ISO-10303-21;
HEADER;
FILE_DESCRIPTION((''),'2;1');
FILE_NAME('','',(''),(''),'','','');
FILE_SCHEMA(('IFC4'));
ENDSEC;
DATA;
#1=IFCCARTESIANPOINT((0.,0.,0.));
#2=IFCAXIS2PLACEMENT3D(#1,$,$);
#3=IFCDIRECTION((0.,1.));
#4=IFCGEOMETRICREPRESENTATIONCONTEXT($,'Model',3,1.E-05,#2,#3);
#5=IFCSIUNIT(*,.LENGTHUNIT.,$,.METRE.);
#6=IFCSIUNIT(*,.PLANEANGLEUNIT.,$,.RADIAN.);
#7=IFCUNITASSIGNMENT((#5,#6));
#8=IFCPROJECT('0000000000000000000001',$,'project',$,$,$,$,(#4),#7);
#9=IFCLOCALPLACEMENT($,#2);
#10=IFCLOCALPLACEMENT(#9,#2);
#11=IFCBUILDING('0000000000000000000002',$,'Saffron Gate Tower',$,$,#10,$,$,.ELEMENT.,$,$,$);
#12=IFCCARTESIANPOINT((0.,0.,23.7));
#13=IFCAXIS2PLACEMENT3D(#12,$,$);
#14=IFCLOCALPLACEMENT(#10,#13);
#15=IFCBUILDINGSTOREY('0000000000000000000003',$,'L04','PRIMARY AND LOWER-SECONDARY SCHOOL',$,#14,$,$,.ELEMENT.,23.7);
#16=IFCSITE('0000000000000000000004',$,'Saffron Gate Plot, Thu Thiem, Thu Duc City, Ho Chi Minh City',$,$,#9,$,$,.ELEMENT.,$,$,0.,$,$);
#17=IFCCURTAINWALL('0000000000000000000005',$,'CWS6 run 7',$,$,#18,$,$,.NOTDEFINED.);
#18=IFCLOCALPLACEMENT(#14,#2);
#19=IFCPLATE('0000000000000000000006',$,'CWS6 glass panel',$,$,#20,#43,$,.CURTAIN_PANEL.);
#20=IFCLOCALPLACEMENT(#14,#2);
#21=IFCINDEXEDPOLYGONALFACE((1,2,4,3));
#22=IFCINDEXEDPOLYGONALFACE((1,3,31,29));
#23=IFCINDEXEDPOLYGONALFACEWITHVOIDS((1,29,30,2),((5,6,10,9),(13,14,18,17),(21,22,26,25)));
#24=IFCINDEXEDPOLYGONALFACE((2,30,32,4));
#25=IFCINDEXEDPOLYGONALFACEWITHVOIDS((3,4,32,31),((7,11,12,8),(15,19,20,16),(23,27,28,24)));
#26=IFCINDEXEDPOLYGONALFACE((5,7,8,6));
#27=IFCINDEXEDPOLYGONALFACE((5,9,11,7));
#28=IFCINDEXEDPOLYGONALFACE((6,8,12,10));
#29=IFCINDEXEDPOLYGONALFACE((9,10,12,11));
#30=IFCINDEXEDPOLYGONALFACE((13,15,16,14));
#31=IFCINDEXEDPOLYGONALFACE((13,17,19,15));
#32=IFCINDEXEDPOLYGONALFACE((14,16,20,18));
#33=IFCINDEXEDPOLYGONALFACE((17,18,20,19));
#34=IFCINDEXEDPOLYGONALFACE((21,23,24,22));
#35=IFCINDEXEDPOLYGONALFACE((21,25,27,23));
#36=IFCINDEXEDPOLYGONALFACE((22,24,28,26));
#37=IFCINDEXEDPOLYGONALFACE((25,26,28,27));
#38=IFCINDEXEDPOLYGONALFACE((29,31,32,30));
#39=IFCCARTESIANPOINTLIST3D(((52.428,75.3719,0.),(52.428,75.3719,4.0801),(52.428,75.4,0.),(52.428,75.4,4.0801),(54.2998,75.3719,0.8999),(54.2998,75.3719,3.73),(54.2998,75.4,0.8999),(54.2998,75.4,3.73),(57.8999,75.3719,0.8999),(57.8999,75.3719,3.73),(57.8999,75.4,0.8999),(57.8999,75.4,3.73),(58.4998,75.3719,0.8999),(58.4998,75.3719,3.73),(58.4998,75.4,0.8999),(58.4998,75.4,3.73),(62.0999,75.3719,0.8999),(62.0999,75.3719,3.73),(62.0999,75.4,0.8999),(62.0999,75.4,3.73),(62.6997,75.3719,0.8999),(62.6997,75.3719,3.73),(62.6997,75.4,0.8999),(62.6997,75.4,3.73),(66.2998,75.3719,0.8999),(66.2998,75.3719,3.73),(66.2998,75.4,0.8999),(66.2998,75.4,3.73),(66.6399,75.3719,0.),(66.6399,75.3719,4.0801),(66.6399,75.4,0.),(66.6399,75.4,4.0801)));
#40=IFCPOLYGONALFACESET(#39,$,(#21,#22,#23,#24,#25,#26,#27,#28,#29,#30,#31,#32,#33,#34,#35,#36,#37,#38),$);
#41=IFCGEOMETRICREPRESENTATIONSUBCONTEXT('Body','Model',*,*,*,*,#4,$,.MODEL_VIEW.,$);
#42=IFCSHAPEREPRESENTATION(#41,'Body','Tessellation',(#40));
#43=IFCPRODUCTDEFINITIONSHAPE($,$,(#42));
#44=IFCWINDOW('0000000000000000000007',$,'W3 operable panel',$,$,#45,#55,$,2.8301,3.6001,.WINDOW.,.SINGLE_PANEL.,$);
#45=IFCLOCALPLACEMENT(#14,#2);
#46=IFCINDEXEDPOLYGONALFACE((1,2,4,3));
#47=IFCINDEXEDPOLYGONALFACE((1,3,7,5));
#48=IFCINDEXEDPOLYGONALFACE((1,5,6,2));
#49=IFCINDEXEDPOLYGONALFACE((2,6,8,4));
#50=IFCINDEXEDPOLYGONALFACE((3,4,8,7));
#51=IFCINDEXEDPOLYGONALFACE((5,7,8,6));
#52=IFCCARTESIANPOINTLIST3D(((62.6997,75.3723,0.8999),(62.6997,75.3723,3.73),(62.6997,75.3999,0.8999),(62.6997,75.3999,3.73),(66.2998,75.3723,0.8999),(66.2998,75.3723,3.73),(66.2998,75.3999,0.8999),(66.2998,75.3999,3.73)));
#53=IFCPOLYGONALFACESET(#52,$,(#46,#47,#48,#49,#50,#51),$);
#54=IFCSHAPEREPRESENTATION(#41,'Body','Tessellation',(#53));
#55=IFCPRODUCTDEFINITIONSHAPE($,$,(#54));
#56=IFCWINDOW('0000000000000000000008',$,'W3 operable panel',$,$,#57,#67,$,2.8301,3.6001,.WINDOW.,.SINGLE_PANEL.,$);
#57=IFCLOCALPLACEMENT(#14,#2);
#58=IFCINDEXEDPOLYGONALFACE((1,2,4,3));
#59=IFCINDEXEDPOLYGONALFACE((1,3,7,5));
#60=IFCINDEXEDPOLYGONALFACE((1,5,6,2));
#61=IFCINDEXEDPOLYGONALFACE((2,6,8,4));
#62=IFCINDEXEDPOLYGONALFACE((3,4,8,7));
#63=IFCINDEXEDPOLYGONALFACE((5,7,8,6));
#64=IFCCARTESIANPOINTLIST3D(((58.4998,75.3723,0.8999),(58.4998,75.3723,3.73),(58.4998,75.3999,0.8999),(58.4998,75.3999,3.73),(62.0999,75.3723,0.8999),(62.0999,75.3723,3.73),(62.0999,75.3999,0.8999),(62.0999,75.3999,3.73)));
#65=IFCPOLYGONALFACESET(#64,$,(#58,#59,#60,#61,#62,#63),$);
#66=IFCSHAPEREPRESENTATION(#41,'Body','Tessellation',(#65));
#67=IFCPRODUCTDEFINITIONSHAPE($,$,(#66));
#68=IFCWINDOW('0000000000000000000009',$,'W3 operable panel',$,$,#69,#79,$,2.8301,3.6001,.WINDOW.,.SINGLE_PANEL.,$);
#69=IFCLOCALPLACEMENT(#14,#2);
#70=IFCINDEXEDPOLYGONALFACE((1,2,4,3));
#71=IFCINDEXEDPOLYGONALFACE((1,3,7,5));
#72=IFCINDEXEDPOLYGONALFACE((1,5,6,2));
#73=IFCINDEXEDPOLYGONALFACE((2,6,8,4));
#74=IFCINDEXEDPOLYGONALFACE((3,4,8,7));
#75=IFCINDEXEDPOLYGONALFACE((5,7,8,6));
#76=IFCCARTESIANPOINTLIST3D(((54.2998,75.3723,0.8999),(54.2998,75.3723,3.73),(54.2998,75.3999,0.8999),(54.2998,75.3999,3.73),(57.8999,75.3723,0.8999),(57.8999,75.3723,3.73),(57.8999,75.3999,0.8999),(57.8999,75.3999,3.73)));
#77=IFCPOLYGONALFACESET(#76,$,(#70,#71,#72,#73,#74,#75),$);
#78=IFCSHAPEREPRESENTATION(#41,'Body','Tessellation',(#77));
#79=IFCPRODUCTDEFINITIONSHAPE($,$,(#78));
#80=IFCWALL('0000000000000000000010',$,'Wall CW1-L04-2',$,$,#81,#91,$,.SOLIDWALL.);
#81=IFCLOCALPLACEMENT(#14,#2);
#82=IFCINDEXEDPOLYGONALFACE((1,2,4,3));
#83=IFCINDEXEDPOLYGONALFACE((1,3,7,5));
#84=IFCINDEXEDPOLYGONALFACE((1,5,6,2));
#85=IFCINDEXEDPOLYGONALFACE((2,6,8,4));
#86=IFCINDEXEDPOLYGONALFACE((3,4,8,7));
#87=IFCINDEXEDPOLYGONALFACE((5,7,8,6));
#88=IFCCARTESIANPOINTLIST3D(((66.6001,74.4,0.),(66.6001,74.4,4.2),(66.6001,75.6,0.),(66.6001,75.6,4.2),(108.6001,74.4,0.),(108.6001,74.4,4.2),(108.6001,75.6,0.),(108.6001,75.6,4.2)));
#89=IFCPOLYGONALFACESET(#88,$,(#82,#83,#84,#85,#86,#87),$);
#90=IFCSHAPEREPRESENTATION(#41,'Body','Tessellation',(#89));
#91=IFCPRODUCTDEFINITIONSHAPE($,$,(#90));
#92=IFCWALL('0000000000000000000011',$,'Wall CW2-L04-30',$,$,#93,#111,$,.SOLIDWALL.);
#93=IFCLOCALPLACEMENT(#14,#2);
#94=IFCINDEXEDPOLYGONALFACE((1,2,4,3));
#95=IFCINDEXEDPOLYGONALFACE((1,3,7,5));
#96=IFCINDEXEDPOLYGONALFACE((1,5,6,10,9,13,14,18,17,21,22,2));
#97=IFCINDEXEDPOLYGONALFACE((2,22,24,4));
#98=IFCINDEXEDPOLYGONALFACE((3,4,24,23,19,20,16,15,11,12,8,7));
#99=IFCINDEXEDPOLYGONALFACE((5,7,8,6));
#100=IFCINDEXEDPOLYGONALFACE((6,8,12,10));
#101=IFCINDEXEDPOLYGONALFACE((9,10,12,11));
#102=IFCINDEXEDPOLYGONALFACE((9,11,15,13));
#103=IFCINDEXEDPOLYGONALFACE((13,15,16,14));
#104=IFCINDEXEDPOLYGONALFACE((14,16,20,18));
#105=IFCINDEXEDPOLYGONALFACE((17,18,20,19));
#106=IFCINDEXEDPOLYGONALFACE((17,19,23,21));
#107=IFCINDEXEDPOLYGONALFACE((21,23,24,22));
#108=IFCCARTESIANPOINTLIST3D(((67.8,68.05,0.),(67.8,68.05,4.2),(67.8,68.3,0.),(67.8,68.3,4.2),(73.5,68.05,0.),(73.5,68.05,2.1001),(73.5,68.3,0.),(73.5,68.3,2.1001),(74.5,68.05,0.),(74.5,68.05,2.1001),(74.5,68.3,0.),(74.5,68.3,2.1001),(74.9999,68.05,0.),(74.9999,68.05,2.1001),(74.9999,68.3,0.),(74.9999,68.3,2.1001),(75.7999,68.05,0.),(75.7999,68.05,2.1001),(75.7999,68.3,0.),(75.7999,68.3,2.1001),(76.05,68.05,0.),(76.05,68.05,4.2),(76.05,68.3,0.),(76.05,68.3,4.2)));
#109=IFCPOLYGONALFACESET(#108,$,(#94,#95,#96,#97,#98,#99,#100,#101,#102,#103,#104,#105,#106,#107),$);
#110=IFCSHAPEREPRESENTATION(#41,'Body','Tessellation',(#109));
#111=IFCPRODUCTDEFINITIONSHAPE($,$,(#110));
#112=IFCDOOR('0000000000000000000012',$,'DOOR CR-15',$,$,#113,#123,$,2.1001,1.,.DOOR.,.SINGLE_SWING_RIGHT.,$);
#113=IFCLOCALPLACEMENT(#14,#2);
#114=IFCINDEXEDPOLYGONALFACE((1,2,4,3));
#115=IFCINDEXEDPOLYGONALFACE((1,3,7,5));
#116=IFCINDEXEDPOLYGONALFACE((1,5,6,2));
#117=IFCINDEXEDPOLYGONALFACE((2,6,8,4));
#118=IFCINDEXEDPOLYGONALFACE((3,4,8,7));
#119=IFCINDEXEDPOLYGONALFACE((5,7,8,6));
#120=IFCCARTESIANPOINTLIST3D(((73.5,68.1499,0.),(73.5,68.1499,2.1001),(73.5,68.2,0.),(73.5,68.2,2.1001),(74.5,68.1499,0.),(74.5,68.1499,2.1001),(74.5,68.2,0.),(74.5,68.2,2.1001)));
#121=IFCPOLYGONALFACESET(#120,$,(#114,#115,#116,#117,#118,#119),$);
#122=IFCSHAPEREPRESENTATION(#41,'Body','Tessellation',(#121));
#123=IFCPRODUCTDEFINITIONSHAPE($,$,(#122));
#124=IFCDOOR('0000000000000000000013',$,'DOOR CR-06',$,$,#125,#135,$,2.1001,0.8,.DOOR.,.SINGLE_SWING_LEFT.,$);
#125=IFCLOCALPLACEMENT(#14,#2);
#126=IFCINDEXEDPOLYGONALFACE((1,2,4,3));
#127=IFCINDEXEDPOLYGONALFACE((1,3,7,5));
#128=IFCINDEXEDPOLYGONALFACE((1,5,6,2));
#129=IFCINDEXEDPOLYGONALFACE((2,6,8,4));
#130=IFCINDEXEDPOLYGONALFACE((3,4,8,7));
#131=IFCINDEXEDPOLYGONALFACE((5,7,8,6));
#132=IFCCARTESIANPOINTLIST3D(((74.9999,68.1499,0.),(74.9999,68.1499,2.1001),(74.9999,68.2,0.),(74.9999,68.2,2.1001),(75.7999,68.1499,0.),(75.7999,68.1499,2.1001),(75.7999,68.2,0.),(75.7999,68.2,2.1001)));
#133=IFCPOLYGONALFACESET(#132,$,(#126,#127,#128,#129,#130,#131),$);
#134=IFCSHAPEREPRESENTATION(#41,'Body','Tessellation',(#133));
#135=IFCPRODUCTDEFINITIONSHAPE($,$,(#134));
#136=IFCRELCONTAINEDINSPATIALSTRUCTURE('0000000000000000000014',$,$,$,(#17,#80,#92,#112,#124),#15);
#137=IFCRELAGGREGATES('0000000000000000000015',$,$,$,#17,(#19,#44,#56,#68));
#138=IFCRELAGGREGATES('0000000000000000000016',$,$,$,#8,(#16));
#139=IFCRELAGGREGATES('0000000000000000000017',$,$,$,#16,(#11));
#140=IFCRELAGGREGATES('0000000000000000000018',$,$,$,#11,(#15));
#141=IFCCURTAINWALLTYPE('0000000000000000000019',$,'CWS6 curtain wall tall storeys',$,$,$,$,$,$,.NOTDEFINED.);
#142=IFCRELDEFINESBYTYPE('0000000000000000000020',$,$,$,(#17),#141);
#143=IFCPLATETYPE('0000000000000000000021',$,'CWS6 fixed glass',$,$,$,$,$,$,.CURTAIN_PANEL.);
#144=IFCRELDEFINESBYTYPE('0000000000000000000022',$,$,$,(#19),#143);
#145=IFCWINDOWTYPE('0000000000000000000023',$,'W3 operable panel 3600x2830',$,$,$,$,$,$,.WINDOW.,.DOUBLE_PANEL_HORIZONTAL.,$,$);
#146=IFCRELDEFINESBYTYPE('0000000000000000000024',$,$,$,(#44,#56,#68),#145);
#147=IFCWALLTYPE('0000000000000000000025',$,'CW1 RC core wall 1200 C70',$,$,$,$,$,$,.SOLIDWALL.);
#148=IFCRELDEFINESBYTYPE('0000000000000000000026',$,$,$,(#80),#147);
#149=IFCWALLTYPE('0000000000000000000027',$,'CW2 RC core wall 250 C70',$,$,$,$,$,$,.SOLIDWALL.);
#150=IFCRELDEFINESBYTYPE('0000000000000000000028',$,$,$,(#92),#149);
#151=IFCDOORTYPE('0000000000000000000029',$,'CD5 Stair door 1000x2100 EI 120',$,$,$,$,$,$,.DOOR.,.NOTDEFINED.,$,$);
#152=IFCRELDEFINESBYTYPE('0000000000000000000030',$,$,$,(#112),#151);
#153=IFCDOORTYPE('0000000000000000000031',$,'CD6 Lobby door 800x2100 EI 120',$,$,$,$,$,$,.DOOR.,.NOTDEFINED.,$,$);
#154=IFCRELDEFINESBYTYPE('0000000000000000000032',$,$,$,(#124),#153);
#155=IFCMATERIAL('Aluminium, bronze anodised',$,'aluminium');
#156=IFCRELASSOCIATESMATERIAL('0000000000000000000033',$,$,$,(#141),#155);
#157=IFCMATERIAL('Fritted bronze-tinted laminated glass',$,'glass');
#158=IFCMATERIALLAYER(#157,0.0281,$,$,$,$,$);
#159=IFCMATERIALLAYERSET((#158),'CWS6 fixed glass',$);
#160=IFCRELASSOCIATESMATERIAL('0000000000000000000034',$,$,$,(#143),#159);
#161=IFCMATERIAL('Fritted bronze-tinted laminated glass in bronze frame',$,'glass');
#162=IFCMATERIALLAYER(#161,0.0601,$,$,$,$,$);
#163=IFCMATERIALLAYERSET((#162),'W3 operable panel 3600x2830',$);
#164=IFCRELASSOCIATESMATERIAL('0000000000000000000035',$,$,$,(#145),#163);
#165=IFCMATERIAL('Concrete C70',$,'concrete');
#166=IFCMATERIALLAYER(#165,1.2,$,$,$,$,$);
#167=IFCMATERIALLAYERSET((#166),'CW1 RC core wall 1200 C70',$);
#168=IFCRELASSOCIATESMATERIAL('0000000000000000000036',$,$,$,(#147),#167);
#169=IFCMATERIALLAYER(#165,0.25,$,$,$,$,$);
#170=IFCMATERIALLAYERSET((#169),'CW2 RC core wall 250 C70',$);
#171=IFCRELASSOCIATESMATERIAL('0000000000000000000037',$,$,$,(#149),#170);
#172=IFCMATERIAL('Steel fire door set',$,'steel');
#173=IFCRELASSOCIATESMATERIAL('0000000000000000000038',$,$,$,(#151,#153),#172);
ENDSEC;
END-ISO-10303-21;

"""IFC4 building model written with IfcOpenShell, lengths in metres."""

from ifc_helpers import new_model, si_unit, direction, frame, frame_2d, origin, place, context, subcontext, project, spatial, rectangle, extrude, material, layer, layer_set, type_object, element, fill, aggregate, save


model = new_model("IFC4")

# Units and contexts
model_context = context("Model", 3, precision=1e-05, world=origin(), true_north=direction((0.0, 1.0)))
body_context = subcontext(model_context, "Body", "Model", "MODEL_VIEW")
ifc_project = project(units=[si_unit("LENGTHUNIT", "METRE"), si_unit("PLANEANGLEUNIT", "RADIAN")], contexts=[model_context])

# Site, building, storey
site_placement = place(None, origin())
site = spatial("IfcSite", under=ifc_project, at=site_placement, Name="Saffron Gate Plot, Thu Thiem, Thu Duc City, Ho Chi Minh City", CompositionType="ELEMENT", RefElevation=0.0)
building_placement = place(site_placement, origin())
building = spatial("IfcBuilding", under=site, at=building_placement, Name="Saffron Gate Tower", CompositionType="ELEMENT")
storey_placement = place(building_placement, frame((0.0, 0.0, 23.7)))
storey = spatial("IfcBuildingStorey", under=building, at=storey_placement, Name="L04", Description="PRIMARY AND LOWER-SECONDARY SCHOOL", CompositionType="ELEMENT", Elevation=23.7)

# Curtain wall, plate, openings, windows
ifc_material_1 = material(Name="Aluminium, bronze anodised", Category="aluminium")
curtain_wall_type = type_object("IfcCurtainWallType", Name="CWS6 curtain wall tall storeys", PredefinedType="NOTDEFINED", material=ifc_material_1)
curtain_wall_placement = place(storey_placement, origin())
curtain_wall = element("IfcCurtainWall", 1, at=curtain_wall_placement, inside=storey, type_object=curtain_wall_type, Name="CWS6 run 7", PredefinedType="NOTDEFINED")
ifc_material_2 = material(Name="Fritted bronze-tinted laminated glass", Category="glass")
ifc_layer_1 = layer(ifc_material_2, 0.0281)
ifc_layer_set_1 = layer_set([ifc_layer_1], Name="CWS6 fixed glass")
plate_type = type_object("IfcPlateType", Name="CWS6 fixed glass", PredefinedType="CURTAIN_PANEL", material=ifc_layer_set_1)
plate_placement = place(storey_placement, frame((66.6399, 75.386, 0.0), z_axis=(0.0, 0.0, 1.0), x_axis=(-1.0, 0.0, 0.0)))
plate = element("IfcPlate", 2, at=plate_placement, type_object=plate_type, Name="CWS6 glass panel", PredefinedType="CURTAIN_PANEL", context=body_context, shape_type="SweptSolid", body=[
    extrude(rectangle(XDim=14.2119, YDim=0.0281, at=frame_2d((7.106, 0.0))), origin(), (0.0, 0.0, 1.0), 4.0801),
])
opening_1_placement = place(plate_placement, frame((0.3401, 0.0, 0.8999)))
opening_1 = element("IfcOpeningElement", 3, at=opening_1_placement, cuts=plate, PredefinedType="OPENING", context=body_context, shape_type="SweptSolid", body=[
    extrude(rectangle(XDim=3.6001, YDim=2.8301, at=frame_2d((1.8, 1.415))), frame((0.0, 0.0239, 0.0), z_axis=(0.0, -1.0, 0.0), x_axis=(1.0, 0.0, 0.0)), (0.0, 0.0, 1.0), 0.0481),
])
opening_2_placement = place(plate_placement, frame((4.54, 0.0, 0.8999)))
opening_2 = element("IfcOpeningElement", 4, at=opening_2_placement, cuts=plate, PredefinedType="OPENING", context=body_context, shape_type="SweptSolid", body=[
    extrude(rectangle(XDim=3.6001, YDim=2.8301, at=frame_2d((1.8, 1.415))), frame((0.0, 0.0239, 0.0), z_axis=(0.0, -1.0, 0.0), x_axis=(1.0, 0.0, 0.0)), (0.0, 0.0, 1.0), 0.0481),
])
opening_3_placement = place(plate_placement, frame((8.74, 0.0, 0.8999)))
opening_3 = element("IfcOpeningElement", 5, at=opening_3_placement, cuts=plate, PredefinedType="OPENING", context=body_context, shape_type="SweptSolid", body=[
    extrude(rectangle(XDim=3.6001, YDim=2.8301, at=frame_2d((1.8, 1.415))), frame((0.0, 0.0239, 0.0), z_axis=(0.0, -1.0, 0.0), x_axis=(1.0, 0.0, 0.0)), (0.0, 0.0, 1.0), 0.0481),
])
ifc_material_3 = material(Name="Fritted bronze-tinted laminated glass in bronze frame", Category="glass")
ifc_layer_2 = layer(ifc_material_3, 0.0601)
ifc_layer_set_2 = layer_set([ifc_layer_2], Name="W3 operable panel 3600x2830")
window_type = type_object("IfcWindowType", Name="W3 operable panel 3600x2830", PartitioningType="DOUBLE_PANEL_HORIZONTAL", PredefinedType="WINDOW", material=ifc_layer_set_2)
window_1_placement = place(opening_1_placement, origin())
window_1 = element("IfcWindow", 6, at=window_1_placement, type_object=window_type, Name="W3 operable panel", OverallHeight=2.8301, OverallWidth=3.6001, PartitioningType="SINGLE_PANEL", PredefinedType="WINDOW", context=body_context, shape_type="SweptSolid", body=[
    extrude(rectangle(XDim=3.6001, YDim=2.8301, at=frame_2d((1.8, 1.415))), frame((0.0, 0.0137, 0.0), z_axis=(0.0, -1.0, 0.0), x_axis=(1.0, 0.0, 0.0)), (0.0, 0.0, 1.0), 0.0276),
])
fill(opening_1, window_1)
window_2_placement = place(opening_2_placement, origin())
window_2 = element("IfcWindow", 7, at=window_2_placement, type_object=window_type, Name="W3 operable panel", OverallHeight=2.8301, OverallWidth=3.6001, PartitioningType="SINGLE_PANEL", PredefinedType="WINDOW", context=body_context, shape_type="SweptSolid", body=[
    extrude(rectangle(XDim=3.6001, YDim=2.8301, at=frame_2d((1.8, 1.415))), frame((0.0, 0.0137, 0.0), z_axis=(0.0, -1.0, 0.0), x_axis=(1.0, 0.0, 0.0)), (0.0, 0.0, 1.0), 0.0276),
])
fill(opening_2, window_2)
window_3_placement = place(opening_3_placement, origin())
window_3 = element("IfcWindow", 8, at=window_3_placement, type_object=window_type, Name="W3 operable panel", OverallHeight=2.8301, OverallWidth=3.6001, PartitioningType="SINGLE_PANEL", PredefinedType="WINDOW", context=body_context, shape_type="SweptSolid", body=[
    extrude(rectangle(XDim=3.6001, YDim=2.8301, at=frame_2d((1.8, 1.415))), frame((0.0, 0.0137, 0.0), z_axis=(0.0, -1.0, 0.0), x_axis=(1.0, 0.0, 0.0)), (0.0, 0.0, 1.0), 0.0276),
])
fill(opening_3, window_3)
aggregate(curtain_wall, [plate, window_1, window_2, window_3])

# Wall
ifc_material_4 = material(Name="Concrete C70", Category="concrete")
ifc_layer_3 = layer(ifc_material_4, 1.2)
ifc_layer_set_3 = layer_set([ifc_layer_3], Name="CW1 RC core wall 1200 C70")
wall_type_1 = type_object("IfcWallType", Name="CW1 RC core wall 1200 C70", PredefinedType="SOLIDWALL", material=ifc_layer_set_3)
wall_1_placement = place(storey_placement, frame((66.6001, 75.0, 0.0), z_axis=(0.0, 0.0, 1.0), x_axis=(1.0, 0.0, 0.0)))
element("IfcWall", 9, at=wall_1_placement, inside=storey, type_object=wall_type_1, Name="Wall CW1-L04-2", PredefinedType="SOLIDWALL", context=body_context, shape_type="SweptSolid", body=[
    extrude(rectangle(XDim=42.0, YDim=1.2, at=frame_2d((21.0, 0.0))), origin(), (0.0, 0.0, 1.0), 4.2),
])

# Wall, openings, doors
ifc_layer_4 = layer(ifc_material_4, 0.25)
ifc_layer_set_4 = layer_set([ifc_layer_4], Name="CW2 RC core wall 250 C70")
wall_type_2 = type_object("IfcWallType", Name="CW2 RC core wall 250 C70", PredefinedType="SOLIDWALL", material=ifc_layer_set_4)
wall_2_placement = place(storey_placement, frame((67.8, 68.175, 0.0), z_axis=(0.0, 0.0, 1.0), x_axis=(1.0, 0.0, 0.0)))
wall_2 = element("IfcWall", 10, at=wall_2_placement, inside=storey, type_object=wall_type_2, Name="Wall CW2-L04-30", PredefinedType="SOLIDWALL", context=body_context, shape_type="SweptSolid", body=[
    extrude(rectangle(XDim=8.25, YDim=0.25, at=frame_2d((4.125, 0.0))), origin(), (0.0, 0.0, 1.0), 4.2),
])
opening_4_placement = place(wall_2_placement, frame((5.7, 0.0, 0.0)))
opening_4 = element("IfcOpeningElement", 11, at=opening_4_placement, cuts=wall_2, PredefinedType="OPENING", context=body_context, shape_type="SweptSolid", body=[
    extrude(rectangle(XDim=1.0, YDim=2.1001, at=frame_2d((0.5, 1.05))), frame((0.0, 0.135, 0.0), z_axis=(0.0, -1.0, 0.0), x_axis=(1.0, 0.0, 0.0)), (0.0, 0.0, 1.0), 0.27),
])
opening_5_placement = place(wall_2_placement, frame((7.2, 0.0, 0.0)))
opening_5 = element("IfcOpeningElement", 12, at=opening_5_placement, cuts=wall_2, PredefinedType="OPENING", context=body_context, shape_type="SweptSolid", body=[
    extrude(rectangle(XDim=0.8, YDim=2.1001, at=frame_2d((0.3999, 1.05))), frame((0.0, 0.135, 0.0), z_axis=(0.0, -1.0, 0.0), x_axis=(1.0, 0.0, 0.0)), (0.0, 0.0, 1.0), 0.27),
])
ifc_material_5 = material(Name="Steel fire door set", Category="steel")
door_type_1 = type_object("IfcDoorType", Name="CD5 Stair door 1000x2100 EI 120", OperationType="NOTDEFINED", PredefinedType="DOOR", material=ifc_material_5)
door_1_placement = place(opening_4_placement, origin())
door_1 = element("IfcDoor", 13, at=door_1_placement, inside=storey, type_object=door_type_1, Name="DOOR CR-15", OperationType="SINGLE_SWING_RIGHT", OverallHeight=2.1001, OverallWidth=1.0, PredefinedType="DOOR", context=body_context, shape_type="SweptSolid", body=[
    extrude(rectangle(XDim=1.0, YDim=2.1001, at=frame_2d((0.5, 1.05))), frame((0.0, 0.0249, 0.0), z_axis=(0.0, -1.0, 0.0), x_axis=(1.0, 0.0, 0.0)), (0.0, 0.0, 1.0), 0.05),
])
fill(opening_4, door_1)
door_type_2 = type_object("IfcDoorType", Name="CD6 Lobby door 800x2100 EI 120", OperationType="NOTDEFINED", PredefinedType="DOOR", material=ifc_material_5)
door_2_placement = place(opening_5_placement, origin())
door_2 = element("IfcDoor", 14, at=door_2_placement, inside=storey, type_object=door_type_2, Name="DOOR CR-06", OperationType="SINGLE_SWING_LEFT", OverallHeight=2.1001, OverallWidth=0.8, PredefinedType="DOOR", context=body_context, shape_type="SweptSolid", body=[
    extrude(rectangle(XDim=0.8, YDim=2.1001, at=frame_2d((0.3999, 1.05))), frame((0.0, 0.0249, 0.0), z_axis=(0.0, -1.0, 0.0), x_axis=(1.0, 0.0, 0.0)), (0.0, 0.0, 1.0), 0.05),
])
fill(opening_5, door_2)

save(model, "model.ifc")
